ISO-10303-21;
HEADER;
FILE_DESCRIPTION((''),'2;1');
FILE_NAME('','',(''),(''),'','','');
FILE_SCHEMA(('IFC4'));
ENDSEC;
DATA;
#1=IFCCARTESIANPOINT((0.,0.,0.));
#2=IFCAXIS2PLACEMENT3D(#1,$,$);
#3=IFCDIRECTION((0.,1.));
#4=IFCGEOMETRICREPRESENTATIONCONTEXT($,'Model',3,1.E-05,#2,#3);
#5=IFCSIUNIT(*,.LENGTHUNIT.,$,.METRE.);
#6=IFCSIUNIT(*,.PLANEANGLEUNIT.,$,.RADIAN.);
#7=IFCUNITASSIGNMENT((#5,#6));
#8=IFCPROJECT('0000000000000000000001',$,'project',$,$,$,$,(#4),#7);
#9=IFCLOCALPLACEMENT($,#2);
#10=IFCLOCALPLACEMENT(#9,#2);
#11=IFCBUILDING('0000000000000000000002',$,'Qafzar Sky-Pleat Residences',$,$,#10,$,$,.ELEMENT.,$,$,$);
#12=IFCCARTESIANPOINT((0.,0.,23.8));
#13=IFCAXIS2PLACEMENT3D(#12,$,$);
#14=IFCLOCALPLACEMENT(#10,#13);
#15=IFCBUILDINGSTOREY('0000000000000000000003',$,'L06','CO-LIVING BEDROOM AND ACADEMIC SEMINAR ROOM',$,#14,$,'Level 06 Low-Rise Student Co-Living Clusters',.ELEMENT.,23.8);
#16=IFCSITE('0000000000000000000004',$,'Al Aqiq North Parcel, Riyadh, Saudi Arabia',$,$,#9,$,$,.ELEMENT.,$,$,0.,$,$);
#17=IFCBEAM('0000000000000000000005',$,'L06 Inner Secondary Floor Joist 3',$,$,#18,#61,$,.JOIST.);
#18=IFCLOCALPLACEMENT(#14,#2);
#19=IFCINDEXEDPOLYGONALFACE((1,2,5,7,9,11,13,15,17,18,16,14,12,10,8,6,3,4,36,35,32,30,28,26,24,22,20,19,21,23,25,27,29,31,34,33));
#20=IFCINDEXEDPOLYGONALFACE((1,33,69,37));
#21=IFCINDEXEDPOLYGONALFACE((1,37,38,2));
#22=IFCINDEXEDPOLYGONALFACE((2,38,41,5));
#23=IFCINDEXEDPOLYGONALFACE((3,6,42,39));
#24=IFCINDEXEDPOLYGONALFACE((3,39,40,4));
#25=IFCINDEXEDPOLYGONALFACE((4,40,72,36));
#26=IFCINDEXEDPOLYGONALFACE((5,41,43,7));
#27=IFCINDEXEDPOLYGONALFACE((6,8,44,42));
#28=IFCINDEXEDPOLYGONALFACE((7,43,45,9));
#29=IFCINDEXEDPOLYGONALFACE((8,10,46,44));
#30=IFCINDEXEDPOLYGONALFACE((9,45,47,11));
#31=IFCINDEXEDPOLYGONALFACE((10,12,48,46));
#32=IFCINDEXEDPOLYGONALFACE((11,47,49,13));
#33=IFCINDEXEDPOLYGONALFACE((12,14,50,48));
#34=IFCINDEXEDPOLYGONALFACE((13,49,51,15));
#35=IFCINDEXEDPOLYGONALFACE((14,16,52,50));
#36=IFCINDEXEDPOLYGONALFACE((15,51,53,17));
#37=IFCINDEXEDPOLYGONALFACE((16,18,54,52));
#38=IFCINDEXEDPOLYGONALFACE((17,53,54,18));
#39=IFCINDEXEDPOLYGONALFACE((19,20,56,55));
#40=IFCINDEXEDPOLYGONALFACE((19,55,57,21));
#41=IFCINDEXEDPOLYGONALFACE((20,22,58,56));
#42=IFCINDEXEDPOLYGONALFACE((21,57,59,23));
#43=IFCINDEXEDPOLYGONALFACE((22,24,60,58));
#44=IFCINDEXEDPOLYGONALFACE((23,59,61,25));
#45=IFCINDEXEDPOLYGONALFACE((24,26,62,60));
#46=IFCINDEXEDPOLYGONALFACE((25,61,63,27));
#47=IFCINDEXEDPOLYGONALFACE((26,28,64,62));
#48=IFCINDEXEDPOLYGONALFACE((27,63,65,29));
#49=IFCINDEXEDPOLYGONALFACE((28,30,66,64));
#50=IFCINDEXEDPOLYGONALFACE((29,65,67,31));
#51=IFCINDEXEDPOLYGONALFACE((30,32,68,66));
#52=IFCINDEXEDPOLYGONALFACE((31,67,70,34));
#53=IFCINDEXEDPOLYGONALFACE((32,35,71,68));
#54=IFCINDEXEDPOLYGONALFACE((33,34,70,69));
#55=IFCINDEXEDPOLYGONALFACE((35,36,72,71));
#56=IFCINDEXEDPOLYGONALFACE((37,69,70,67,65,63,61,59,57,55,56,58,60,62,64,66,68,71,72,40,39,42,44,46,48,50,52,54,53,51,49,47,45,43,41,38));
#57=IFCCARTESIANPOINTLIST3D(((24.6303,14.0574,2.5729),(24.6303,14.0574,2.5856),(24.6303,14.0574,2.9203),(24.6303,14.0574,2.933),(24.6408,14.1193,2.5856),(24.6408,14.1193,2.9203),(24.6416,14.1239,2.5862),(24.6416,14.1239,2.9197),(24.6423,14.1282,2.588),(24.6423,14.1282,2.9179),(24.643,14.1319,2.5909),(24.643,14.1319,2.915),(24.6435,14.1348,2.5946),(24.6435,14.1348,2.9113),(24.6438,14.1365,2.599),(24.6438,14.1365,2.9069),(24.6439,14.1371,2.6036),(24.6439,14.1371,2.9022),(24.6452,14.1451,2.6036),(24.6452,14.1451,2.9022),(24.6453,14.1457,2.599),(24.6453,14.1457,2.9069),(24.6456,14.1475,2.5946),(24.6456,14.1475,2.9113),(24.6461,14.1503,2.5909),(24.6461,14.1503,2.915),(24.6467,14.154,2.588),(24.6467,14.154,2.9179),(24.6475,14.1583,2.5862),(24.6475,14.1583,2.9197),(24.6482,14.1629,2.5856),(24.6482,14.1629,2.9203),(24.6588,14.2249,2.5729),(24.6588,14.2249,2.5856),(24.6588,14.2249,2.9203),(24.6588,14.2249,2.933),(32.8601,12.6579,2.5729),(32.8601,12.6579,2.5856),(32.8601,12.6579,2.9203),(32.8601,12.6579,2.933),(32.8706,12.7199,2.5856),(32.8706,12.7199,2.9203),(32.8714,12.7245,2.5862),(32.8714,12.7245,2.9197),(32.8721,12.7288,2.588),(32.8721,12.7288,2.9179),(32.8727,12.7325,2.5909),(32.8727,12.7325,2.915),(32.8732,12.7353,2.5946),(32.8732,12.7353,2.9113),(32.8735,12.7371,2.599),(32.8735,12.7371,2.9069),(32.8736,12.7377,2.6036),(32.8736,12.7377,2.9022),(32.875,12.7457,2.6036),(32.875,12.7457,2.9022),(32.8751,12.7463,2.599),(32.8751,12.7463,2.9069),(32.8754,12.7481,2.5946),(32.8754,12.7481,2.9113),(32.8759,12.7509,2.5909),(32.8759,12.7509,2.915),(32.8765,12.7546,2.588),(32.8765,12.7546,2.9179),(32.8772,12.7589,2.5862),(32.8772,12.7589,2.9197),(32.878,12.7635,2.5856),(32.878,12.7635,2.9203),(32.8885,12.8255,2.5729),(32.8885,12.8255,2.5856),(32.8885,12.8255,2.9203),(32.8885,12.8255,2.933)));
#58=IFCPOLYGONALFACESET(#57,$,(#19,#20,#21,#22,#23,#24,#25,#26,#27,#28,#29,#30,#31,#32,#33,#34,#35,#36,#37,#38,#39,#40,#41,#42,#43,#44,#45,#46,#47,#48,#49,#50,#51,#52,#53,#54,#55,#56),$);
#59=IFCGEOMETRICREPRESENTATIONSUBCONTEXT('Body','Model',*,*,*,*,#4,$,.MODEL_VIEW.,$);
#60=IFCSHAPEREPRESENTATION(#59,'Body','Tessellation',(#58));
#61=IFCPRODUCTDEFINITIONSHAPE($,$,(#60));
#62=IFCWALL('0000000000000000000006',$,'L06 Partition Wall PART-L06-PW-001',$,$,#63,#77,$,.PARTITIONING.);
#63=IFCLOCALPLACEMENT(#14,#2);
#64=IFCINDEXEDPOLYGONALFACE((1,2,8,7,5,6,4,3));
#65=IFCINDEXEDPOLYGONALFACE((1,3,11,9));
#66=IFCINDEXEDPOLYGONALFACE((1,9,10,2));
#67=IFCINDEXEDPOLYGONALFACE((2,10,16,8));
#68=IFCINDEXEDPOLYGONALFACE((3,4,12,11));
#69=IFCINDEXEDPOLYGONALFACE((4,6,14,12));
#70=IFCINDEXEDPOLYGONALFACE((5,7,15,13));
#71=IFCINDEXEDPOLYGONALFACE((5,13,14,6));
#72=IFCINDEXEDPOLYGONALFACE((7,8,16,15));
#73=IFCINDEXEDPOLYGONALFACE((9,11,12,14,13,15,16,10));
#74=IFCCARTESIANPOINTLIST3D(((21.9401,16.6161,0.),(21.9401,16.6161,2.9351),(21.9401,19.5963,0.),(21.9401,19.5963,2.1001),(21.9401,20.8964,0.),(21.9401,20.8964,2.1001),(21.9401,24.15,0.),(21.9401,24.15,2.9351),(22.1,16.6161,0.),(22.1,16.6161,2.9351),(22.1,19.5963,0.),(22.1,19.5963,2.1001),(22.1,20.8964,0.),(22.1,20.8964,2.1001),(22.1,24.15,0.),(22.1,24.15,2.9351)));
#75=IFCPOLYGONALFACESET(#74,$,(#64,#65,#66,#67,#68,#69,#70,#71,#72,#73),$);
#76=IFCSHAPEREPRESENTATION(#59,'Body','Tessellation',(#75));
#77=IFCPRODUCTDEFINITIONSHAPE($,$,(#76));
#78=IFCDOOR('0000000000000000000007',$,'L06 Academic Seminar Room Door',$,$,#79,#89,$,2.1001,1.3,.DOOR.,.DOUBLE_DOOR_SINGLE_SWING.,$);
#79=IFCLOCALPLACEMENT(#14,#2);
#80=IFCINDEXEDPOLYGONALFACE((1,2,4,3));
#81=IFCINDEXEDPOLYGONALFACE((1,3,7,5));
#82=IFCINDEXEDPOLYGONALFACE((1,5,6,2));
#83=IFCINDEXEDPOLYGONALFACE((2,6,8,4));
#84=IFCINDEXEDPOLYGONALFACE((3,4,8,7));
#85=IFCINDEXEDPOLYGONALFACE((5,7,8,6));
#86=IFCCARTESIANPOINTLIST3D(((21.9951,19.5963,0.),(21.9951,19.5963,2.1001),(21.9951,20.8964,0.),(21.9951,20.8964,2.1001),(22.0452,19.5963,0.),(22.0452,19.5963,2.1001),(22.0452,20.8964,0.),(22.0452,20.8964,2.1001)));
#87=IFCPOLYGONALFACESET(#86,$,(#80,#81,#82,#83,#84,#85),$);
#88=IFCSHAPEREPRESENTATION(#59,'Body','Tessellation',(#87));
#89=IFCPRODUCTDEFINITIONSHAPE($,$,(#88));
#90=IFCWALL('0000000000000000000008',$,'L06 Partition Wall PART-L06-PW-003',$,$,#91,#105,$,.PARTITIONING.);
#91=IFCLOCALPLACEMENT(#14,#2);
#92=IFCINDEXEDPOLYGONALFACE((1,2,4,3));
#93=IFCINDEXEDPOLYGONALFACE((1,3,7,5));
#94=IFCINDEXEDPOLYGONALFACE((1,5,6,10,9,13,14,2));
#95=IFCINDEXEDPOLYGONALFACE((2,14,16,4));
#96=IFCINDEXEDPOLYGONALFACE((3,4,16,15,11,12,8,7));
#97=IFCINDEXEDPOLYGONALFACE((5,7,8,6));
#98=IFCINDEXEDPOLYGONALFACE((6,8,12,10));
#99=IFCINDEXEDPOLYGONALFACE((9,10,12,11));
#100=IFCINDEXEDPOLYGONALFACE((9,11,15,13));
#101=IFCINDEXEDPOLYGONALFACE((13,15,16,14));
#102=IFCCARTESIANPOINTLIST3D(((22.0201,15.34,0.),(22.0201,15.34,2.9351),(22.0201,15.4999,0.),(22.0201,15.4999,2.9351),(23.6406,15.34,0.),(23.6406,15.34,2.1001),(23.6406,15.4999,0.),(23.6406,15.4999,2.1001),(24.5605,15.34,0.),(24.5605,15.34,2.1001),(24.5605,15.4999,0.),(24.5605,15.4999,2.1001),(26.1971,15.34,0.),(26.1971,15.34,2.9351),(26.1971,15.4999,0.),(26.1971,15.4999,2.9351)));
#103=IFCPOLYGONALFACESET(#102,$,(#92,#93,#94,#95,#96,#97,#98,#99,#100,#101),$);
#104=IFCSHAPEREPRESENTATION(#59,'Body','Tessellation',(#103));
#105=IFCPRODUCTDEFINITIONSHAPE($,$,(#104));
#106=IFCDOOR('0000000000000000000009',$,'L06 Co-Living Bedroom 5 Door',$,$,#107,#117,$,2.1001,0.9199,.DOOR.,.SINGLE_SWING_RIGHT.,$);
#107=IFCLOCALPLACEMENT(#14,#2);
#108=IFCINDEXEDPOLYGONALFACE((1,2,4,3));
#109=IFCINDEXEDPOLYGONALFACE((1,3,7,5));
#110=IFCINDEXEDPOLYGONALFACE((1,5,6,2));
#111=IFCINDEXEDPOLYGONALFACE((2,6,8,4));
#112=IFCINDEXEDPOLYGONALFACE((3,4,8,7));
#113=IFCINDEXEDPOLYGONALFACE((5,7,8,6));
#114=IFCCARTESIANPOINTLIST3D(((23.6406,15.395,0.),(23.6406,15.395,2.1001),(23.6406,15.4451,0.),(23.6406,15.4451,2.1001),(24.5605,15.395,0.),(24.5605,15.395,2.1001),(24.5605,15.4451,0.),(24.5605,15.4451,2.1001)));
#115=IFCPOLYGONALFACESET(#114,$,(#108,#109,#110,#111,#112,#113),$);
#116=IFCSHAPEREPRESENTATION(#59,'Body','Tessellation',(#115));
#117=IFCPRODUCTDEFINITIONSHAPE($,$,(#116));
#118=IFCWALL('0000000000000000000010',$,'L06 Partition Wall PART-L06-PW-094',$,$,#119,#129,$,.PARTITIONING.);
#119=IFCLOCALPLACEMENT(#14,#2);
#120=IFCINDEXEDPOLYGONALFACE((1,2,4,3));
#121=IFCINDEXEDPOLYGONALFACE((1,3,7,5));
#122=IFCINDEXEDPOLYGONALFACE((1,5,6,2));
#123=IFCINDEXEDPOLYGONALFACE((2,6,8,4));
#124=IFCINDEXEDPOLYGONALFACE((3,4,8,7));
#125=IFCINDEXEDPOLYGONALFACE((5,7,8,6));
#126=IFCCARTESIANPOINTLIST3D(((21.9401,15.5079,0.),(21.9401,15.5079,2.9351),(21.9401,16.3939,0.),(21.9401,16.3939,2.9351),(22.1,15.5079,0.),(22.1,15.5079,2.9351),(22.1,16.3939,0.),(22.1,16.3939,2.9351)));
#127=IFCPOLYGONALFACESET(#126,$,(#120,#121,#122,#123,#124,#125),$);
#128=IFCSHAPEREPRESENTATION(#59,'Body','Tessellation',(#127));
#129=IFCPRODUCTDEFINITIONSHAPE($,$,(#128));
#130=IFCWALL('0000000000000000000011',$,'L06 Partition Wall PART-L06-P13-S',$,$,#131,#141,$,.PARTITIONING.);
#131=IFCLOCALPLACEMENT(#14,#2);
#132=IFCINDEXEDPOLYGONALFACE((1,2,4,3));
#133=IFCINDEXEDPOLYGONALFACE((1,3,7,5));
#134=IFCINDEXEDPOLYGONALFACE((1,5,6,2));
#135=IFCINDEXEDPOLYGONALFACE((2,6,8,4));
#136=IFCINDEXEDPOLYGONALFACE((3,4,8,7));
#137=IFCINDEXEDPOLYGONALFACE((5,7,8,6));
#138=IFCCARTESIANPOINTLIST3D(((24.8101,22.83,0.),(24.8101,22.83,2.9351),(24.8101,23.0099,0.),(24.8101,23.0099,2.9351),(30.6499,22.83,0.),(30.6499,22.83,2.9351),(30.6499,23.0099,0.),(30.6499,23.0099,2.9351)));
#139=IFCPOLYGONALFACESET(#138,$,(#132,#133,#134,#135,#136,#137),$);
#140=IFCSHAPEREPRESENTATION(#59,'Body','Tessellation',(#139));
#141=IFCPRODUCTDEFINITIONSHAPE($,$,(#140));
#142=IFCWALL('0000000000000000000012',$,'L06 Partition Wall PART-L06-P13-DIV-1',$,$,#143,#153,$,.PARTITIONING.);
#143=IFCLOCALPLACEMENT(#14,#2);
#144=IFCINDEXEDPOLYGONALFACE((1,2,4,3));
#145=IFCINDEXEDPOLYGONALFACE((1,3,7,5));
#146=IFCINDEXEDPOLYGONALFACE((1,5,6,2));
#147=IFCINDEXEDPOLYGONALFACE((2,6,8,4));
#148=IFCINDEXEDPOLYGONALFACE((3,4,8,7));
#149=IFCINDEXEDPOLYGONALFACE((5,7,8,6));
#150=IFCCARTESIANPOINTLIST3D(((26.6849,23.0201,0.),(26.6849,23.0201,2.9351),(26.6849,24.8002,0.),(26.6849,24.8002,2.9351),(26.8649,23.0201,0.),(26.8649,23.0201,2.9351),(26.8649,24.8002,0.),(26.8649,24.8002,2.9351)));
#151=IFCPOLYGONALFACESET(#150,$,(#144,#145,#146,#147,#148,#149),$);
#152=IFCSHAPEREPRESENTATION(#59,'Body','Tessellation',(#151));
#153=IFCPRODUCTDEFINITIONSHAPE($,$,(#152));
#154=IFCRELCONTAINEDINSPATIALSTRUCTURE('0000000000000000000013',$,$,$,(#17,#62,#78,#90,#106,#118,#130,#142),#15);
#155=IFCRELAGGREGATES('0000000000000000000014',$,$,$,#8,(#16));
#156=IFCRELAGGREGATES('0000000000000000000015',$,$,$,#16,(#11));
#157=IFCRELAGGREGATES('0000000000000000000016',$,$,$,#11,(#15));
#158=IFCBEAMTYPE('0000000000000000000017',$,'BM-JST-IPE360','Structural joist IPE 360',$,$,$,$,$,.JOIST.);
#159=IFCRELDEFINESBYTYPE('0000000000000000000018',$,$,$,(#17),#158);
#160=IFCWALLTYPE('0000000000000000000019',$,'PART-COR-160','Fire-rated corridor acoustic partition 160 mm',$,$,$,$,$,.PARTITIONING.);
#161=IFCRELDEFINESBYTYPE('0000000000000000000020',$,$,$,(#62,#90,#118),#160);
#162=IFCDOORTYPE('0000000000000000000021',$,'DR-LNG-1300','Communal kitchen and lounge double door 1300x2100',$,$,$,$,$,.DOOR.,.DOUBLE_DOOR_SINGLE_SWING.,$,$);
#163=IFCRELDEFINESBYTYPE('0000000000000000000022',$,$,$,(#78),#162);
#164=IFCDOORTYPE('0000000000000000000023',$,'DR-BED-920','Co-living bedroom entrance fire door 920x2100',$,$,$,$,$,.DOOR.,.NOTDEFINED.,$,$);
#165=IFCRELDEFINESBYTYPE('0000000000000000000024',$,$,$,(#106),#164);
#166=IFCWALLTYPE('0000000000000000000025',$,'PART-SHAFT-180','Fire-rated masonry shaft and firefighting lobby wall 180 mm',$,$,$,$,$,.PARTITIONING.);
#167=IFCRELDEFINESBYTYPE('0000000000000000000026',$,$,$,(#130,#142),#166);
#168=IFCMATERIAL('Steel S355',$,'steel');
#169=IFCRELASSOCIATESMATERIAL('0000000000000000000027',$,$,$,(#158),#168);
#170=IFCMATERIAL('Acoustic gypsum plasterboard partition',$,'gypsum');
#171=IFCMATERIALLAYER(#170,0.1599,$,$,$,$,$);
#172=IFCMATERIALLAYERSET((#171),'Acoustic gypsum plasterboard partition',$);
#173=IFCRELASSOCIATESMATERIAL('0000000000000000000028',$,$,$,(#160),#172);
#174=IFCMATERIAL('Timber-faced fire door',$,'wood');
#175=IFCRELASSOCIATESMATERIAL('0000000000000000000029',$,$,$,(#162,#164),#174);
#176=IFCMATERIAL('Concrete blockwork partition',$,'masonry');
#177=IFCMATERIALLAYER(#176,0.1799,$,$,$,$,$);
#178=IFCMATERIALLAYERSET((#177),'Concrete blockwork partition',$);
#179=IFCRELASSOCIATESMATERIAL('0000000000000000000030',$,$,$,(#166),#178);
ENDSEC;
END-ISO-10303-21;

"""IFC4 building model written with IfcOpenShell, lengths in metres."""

from ifc_helpers import new_model, si_unit, direction, frame, frame_2d, origin, origin_2d, place, context, subcontext, project, spatial, rectangle, i_section, extrude, source, transform, mapped, material, layer, layer_set, material_profile, profile_set, type_object, element, fill, save


model = new_model("IFC4")

# Units and contexts
model_context = context("Model", 3, precision=1e-05, world=origin(), true_north=direction((0.0, 1.0)))
body_context = subcontext(model_context, "Body", "Model", "MODEL_VIEW")
ifc_project = project(units=[si_unit("LENGTHUNIT", "METRE"), si_unit("PLANEANGLEUNIT", "RADIAN")], contexts=[model_context])

# Site, building, storey
site_placement = place(None, origin())
site = spatial("IfcSite", under=ifc_project, at=site_placement, Name="Al Aqiq North Parcel, Riyadh, Saudi Arabia", CompositionType="ELEMENT", RefElevation=0.0)
building_placement = place(site_placement, origin())
building = spatial("IfcBuilding", under=site, at=building_placement, Name="Qafzar Sky-Pleat Residences", CompositionType="ELEMENT")
storey_placement = place(building_placement, frame((0.0, 0.0, 23.8)))
storey = spatial("IfcBuildingStorey", under=building, at=storey_placement, Name="L06", Description="CO-LIVING BEDROOM AND ACADEMIC SEMINAR ROOM", LongName="Level 06 Low-Rise Student Co-Living Clusters", CompositionType="ELEMENT", Elevation=23.8)

# Beam
ifc_material_1 = material(Name="Steel S355", Category="steel")
ifc_material_profile = material_profile(ifc_material_1, i_section(OverallWidth=0.1699, OverallDepth=0.3601, WebThickness=0.0081, FlangeThickness=0.0127, FilletRadius=0.0181, at=origin_2d()), Name="IPE 360")
ifc_profile_set = profile_set([ifc_material_profile], Name="Steel S355")
beam_type = type_object("IfcBeamType", Name="BM-JST-IPE360", Description="Structural joist IPE 360", PredefinedType="JOIST", material=ifc_profile_set)
shared_shape_1 = source(origin(), body_context, "Body", "SweptSolid", [
    extrude(i_section(OverallWidth=0.1699, OverallDepth=0.3601, WebThickness=0.0081, FlangeThickness=0.0127, FilletRadius=0.0181, at=origin_2d()), origin(), (0.0, 0.0, 1.0), 8.3479),
])
beam_placement = place(storey_placement, frame((24.6445, 14.1411, 2.7529), z_axis=(0.985849, -0.167637, 0.0), x_axis=(0.167637, 0.985849, 0.0)))
element("IfcBeam", 1, at=beam_placement, inside=storey, type_object=beam_type, Name="L06 Inner Secondary Floor Joist 3", PredefinedType="JOIST", context=body_context, shape_type="MappedRepresentation", body=[
    mapped(shared_shape_1, transform((0.0, 0.0, 0.0), x_axis=(1.0, 0.0, 0.0), y_axis=(0.0, 1.0, 0.0), z_axis=(0.0, 0.0, 1.0), scale=1.0)),
])

# Walls, openings, doors
ifc_material_2 = material(Name="Acoustic gypsum plasterboard partition", Category="gypsum")
ifc_layer_1 = layer(ifc_material_2, 0.1599)
ifc_layer_set_1 = layer_set([ifc_layer_1], Name="Acoustic gypsum plasterboard partition")
wall_type_1 = type_object("IfcWallType", Name="PART-COR-160", Description="Fire-rated corridor acoustic partition 160 mm", PredefinedType="PARTITIONING", material=ifc_layer_set_1)
wall_1_placement = place(storey_placement, frame((22.02, 16.616, 0.0), z_axis=(0.0, 0.0, 1.0), x_axis=(0.0, 1.0, 0.0)))
wall_1 = element("IfcWall", 2, at=wall_1_placement, inside=storey, type_object=wall_type_1, Name="L06 Partition Wall PART-L06-PW-001", PredefinedType="PARTITIONING", context=body_context, shape_type="SweptSolid", body=[
    extrude(rectangle(XDim=7.5339, YDim=0.1599, at=frame_2d((3.7671, 0.0))), origin(), (0.0, 0.0, 1.0), 2.9351),
])
opening_1_placement = place(wall_1_placement, frame((2.9805, 0.0, 0.0)))
opening_1 = element("IfcOpeningElement", 3, at=opening_1_placement, cuts=wall_1, PredefinedType="OPENING", context=body_context, shape_type="SweptSolid", body=[
    extrude(rectangle(XDim=1.3, YDim=2.1001, at=frame_2d((0.6499, 1.05))), frame((0.0, 0.0898, 0.0), z_axis=(0.0, -1.0, 0.0), x_axis=(1.0, 0.0, 0.0)), (0.0, 0.0, 1.0), 0.1799),
])
ifc_material_3 = material(Name="Timber-faced fire door", Category="wood")
door_type_1 = type_object("IfcDoorType", Name="DR-LNG-1300", Description="Communal kitchen and lounge double door 1300x2100", OperationType="DOUBLE_DOOR_SINGLE_SWING", PredefinedType="DOOR", material=ifc_material_3)
shared_shape_2 = source(origin(), body_context, "Body", "SweptSolid", [
    extrude(rectangle(XDim=1.3, YDim=2.1001, at=frame_2d((0.6499, 1.05))), frame((0.0, 0.0249, 0.0), z_axis=(0.0, -1.0, 0.0), x_axis=(1.0, 0.0, 0.0)), (0.0, 0.0, 1.0), 0.05),
])
door_1_placement = place(opening_1_placement, origin())
door_1 = element("IfcDoor", 4, at=door_1_placement, inside=storey, type_object=door_type_1, Name="L06 Academic Seminar Room Door", OperationType="DOUBLE_DOOR_SINGLE_SWING", OverallHeight=2.1001, OverallWidth=1.3, PredefinedType="DOOR", context=body_context, shape_type="MappedRepresentation", body=[
    mapped(shared_shape_2, transform((0.0, 0.0, 0.0), x_axis=(1.0, 0.0, 0.0), y_axis=(0.0, 1.0, 0.0), z_axis=(0.0, 0.0, 1.0), scale=1.0)),
])
fill(opening_1, door_1)
wall_2_placement = place(storey_placement, frame((26.197, 15.4199, 0.0), z_axis=(0.0, 0.0, 1.0), x_axis=(-1.0, 0.0, 0.0)))
wall_2 = element("IfcWall", 5, at=wall_2_placement, inside=storey, type_object=wall_type_1, Name="L06 Partition Wall PART-L06-PW-003", PredefinedType="PARTITIONING", context=body_context, shape_type="SweptSolid", body=[
    extrude(rectangle(XDim=4.177, YDim=0.1599, at=frame_2d((2.0884, 0.0))), origin(), (0.0, 0.0, 1.0), 2.9351),
])
opening_2_placement = place(wall_2_placement, frame((1.6365, 0.0, 0.0)))
opening_2 = element("IfcOpeningElement", 6, at=opening_2_placement, cuts=wall_2, PredefinedType="OPENING", context=body_context, shape_type="SweptSolid", body=[
    extrude(rectangle(XDim=0.9199, YDim=2.1001, at=frame_2d((0.46, 1.05))), frame((0.0, 0.0898, 0.0), z_axis=(0.0, -1.0, 0.0), x_axis=(1.0, 0.0, 0.0)), (0.0, 0.0, 1.0), 0.1799),
])
door_type_2 = type_object("IfcDoorType", Name="DR-BED-920", Description="Co-living bedroom entrance fire door 920x2100", OperationType="NOTDEFINED", PredefinedType="DOOR", material=ifc_material_3)
shared_shape_3 = source(origin(), body_context, "Body", "SweptSolid", [
    extrude(rectangle(XDim=0.9199, YDim=2.1001, at=frame_2d((0.46, 1.05))), frame((0.0, 0.0249, 0.0), z_axis=(0.0, -1.0, 0.0), x_axis=(1.0, 0.0, 0.0)), (0.0, 0.0, 1.0), 0.05),
])
door_2_placement = place(opening_2_placement, origin())
door_2 = element("IfcDoor", 7, at=door_2_placement, inside=storey, type_object=door_type_2, Name="L06 Co-Living Bedroom 5 Door", OperationType="SINGLE_SWING_RIGHT", OverallHeight=2.1001, OverallWidth=0.9199, PredefinedType="DOOR", context=body_context, shape_type="MappedRepresentation", body=[
    mapped(shared_shape_3, transform((0.0, 0.0, 0.0), x_axis=(1.0, 0.0, 0.0), y_axis=(0.0, 1.0, 0.0), z_axis=(0.0, 0.0, 1.0), scale=1.0)),
])
fill(opening_2, door_2)

# Walls
wall_3_placement = place(storey_placement, frame((22.02, 15.5081, 0.0), z_axis=(0.0, 0.0, 1.0), x_axis=(0.0, 1.0, 0.0)))
element("IfcWall", 8, at=wall_3_placement, inside=storey, type_object=wall_type_1, Name="L06 Partition Wall PART-L06-PW-094", PredefinedType="PARTITIONING", context=body_context, shape_type="SweptSolid", body=[
    extrude(rectangle(XDim=0.886, YDim=0.1599, at=frame_2d((0.4429, 0.0))), origin(), (0.0, 0.0, 1.0), 2.9351),
])
ifc_material_4 = material(Name="Concrete blockwork partition", Category="masonry")
ifc_layer_2 = layer(ifc_material_4, 0.1799)
ifc_layer_set_2 = layer_set([ifc_layer_2], Name="Concrete blockwork partition")
wall_type_2 = type_object("IfcWallType", Name="PART-SHAFT-180", Description="Fire-rated masonry shaft and firefighting lobby wall 180 mm", PredefinedType="PARTITIONING", material=ifc_layer_set_2)
wall_4_placement = place(storey_placement, frame((24.8101, 22.9199, 0.0), z_axis=(0.0, 0.0, 1.0), x_axis=(1.0, 0.0, 0.0)))
element("IfcWall", 9, at=wall_4_placement, inside=storey, type_object=wall_type_2, Name="L06 Partition Wall PART-L06-P13-S", PredefinedType="PARTITIONING", context=body_context, shape_type="SweptSolid", body=[
    extrude(rectangle(XDim=5.8398, YDim=0.1799, at=frame_2d((2.9199, 0.0))), origin(), (0.0, 0.0, 1.0), 2.9351),
])
wall_5_placement = place(storey_placement, frame((26.7749, 23.02, 0.0), z_axis=(0.0, 0.0, 1.0), x_axis=(0.0, 1.0, 0.0)))
element("IfcWall", 10, at=wall_5_placement, inside=storey, type_object=wall_type_2, Name="L06 Partition Wall PART-L06-P13-DIV-1", PredefinedType="PARTITIONING", context=body_context, shape_type="SweptSolid", body=[
    extrude(rectangle(XDim=1.78, YDim=0.1799, at=frame_2d((0.8901, 0.0))), origin(), (0.0, 0.0, 1.0), 2.9351),
])

save(model, "model.ifc")
